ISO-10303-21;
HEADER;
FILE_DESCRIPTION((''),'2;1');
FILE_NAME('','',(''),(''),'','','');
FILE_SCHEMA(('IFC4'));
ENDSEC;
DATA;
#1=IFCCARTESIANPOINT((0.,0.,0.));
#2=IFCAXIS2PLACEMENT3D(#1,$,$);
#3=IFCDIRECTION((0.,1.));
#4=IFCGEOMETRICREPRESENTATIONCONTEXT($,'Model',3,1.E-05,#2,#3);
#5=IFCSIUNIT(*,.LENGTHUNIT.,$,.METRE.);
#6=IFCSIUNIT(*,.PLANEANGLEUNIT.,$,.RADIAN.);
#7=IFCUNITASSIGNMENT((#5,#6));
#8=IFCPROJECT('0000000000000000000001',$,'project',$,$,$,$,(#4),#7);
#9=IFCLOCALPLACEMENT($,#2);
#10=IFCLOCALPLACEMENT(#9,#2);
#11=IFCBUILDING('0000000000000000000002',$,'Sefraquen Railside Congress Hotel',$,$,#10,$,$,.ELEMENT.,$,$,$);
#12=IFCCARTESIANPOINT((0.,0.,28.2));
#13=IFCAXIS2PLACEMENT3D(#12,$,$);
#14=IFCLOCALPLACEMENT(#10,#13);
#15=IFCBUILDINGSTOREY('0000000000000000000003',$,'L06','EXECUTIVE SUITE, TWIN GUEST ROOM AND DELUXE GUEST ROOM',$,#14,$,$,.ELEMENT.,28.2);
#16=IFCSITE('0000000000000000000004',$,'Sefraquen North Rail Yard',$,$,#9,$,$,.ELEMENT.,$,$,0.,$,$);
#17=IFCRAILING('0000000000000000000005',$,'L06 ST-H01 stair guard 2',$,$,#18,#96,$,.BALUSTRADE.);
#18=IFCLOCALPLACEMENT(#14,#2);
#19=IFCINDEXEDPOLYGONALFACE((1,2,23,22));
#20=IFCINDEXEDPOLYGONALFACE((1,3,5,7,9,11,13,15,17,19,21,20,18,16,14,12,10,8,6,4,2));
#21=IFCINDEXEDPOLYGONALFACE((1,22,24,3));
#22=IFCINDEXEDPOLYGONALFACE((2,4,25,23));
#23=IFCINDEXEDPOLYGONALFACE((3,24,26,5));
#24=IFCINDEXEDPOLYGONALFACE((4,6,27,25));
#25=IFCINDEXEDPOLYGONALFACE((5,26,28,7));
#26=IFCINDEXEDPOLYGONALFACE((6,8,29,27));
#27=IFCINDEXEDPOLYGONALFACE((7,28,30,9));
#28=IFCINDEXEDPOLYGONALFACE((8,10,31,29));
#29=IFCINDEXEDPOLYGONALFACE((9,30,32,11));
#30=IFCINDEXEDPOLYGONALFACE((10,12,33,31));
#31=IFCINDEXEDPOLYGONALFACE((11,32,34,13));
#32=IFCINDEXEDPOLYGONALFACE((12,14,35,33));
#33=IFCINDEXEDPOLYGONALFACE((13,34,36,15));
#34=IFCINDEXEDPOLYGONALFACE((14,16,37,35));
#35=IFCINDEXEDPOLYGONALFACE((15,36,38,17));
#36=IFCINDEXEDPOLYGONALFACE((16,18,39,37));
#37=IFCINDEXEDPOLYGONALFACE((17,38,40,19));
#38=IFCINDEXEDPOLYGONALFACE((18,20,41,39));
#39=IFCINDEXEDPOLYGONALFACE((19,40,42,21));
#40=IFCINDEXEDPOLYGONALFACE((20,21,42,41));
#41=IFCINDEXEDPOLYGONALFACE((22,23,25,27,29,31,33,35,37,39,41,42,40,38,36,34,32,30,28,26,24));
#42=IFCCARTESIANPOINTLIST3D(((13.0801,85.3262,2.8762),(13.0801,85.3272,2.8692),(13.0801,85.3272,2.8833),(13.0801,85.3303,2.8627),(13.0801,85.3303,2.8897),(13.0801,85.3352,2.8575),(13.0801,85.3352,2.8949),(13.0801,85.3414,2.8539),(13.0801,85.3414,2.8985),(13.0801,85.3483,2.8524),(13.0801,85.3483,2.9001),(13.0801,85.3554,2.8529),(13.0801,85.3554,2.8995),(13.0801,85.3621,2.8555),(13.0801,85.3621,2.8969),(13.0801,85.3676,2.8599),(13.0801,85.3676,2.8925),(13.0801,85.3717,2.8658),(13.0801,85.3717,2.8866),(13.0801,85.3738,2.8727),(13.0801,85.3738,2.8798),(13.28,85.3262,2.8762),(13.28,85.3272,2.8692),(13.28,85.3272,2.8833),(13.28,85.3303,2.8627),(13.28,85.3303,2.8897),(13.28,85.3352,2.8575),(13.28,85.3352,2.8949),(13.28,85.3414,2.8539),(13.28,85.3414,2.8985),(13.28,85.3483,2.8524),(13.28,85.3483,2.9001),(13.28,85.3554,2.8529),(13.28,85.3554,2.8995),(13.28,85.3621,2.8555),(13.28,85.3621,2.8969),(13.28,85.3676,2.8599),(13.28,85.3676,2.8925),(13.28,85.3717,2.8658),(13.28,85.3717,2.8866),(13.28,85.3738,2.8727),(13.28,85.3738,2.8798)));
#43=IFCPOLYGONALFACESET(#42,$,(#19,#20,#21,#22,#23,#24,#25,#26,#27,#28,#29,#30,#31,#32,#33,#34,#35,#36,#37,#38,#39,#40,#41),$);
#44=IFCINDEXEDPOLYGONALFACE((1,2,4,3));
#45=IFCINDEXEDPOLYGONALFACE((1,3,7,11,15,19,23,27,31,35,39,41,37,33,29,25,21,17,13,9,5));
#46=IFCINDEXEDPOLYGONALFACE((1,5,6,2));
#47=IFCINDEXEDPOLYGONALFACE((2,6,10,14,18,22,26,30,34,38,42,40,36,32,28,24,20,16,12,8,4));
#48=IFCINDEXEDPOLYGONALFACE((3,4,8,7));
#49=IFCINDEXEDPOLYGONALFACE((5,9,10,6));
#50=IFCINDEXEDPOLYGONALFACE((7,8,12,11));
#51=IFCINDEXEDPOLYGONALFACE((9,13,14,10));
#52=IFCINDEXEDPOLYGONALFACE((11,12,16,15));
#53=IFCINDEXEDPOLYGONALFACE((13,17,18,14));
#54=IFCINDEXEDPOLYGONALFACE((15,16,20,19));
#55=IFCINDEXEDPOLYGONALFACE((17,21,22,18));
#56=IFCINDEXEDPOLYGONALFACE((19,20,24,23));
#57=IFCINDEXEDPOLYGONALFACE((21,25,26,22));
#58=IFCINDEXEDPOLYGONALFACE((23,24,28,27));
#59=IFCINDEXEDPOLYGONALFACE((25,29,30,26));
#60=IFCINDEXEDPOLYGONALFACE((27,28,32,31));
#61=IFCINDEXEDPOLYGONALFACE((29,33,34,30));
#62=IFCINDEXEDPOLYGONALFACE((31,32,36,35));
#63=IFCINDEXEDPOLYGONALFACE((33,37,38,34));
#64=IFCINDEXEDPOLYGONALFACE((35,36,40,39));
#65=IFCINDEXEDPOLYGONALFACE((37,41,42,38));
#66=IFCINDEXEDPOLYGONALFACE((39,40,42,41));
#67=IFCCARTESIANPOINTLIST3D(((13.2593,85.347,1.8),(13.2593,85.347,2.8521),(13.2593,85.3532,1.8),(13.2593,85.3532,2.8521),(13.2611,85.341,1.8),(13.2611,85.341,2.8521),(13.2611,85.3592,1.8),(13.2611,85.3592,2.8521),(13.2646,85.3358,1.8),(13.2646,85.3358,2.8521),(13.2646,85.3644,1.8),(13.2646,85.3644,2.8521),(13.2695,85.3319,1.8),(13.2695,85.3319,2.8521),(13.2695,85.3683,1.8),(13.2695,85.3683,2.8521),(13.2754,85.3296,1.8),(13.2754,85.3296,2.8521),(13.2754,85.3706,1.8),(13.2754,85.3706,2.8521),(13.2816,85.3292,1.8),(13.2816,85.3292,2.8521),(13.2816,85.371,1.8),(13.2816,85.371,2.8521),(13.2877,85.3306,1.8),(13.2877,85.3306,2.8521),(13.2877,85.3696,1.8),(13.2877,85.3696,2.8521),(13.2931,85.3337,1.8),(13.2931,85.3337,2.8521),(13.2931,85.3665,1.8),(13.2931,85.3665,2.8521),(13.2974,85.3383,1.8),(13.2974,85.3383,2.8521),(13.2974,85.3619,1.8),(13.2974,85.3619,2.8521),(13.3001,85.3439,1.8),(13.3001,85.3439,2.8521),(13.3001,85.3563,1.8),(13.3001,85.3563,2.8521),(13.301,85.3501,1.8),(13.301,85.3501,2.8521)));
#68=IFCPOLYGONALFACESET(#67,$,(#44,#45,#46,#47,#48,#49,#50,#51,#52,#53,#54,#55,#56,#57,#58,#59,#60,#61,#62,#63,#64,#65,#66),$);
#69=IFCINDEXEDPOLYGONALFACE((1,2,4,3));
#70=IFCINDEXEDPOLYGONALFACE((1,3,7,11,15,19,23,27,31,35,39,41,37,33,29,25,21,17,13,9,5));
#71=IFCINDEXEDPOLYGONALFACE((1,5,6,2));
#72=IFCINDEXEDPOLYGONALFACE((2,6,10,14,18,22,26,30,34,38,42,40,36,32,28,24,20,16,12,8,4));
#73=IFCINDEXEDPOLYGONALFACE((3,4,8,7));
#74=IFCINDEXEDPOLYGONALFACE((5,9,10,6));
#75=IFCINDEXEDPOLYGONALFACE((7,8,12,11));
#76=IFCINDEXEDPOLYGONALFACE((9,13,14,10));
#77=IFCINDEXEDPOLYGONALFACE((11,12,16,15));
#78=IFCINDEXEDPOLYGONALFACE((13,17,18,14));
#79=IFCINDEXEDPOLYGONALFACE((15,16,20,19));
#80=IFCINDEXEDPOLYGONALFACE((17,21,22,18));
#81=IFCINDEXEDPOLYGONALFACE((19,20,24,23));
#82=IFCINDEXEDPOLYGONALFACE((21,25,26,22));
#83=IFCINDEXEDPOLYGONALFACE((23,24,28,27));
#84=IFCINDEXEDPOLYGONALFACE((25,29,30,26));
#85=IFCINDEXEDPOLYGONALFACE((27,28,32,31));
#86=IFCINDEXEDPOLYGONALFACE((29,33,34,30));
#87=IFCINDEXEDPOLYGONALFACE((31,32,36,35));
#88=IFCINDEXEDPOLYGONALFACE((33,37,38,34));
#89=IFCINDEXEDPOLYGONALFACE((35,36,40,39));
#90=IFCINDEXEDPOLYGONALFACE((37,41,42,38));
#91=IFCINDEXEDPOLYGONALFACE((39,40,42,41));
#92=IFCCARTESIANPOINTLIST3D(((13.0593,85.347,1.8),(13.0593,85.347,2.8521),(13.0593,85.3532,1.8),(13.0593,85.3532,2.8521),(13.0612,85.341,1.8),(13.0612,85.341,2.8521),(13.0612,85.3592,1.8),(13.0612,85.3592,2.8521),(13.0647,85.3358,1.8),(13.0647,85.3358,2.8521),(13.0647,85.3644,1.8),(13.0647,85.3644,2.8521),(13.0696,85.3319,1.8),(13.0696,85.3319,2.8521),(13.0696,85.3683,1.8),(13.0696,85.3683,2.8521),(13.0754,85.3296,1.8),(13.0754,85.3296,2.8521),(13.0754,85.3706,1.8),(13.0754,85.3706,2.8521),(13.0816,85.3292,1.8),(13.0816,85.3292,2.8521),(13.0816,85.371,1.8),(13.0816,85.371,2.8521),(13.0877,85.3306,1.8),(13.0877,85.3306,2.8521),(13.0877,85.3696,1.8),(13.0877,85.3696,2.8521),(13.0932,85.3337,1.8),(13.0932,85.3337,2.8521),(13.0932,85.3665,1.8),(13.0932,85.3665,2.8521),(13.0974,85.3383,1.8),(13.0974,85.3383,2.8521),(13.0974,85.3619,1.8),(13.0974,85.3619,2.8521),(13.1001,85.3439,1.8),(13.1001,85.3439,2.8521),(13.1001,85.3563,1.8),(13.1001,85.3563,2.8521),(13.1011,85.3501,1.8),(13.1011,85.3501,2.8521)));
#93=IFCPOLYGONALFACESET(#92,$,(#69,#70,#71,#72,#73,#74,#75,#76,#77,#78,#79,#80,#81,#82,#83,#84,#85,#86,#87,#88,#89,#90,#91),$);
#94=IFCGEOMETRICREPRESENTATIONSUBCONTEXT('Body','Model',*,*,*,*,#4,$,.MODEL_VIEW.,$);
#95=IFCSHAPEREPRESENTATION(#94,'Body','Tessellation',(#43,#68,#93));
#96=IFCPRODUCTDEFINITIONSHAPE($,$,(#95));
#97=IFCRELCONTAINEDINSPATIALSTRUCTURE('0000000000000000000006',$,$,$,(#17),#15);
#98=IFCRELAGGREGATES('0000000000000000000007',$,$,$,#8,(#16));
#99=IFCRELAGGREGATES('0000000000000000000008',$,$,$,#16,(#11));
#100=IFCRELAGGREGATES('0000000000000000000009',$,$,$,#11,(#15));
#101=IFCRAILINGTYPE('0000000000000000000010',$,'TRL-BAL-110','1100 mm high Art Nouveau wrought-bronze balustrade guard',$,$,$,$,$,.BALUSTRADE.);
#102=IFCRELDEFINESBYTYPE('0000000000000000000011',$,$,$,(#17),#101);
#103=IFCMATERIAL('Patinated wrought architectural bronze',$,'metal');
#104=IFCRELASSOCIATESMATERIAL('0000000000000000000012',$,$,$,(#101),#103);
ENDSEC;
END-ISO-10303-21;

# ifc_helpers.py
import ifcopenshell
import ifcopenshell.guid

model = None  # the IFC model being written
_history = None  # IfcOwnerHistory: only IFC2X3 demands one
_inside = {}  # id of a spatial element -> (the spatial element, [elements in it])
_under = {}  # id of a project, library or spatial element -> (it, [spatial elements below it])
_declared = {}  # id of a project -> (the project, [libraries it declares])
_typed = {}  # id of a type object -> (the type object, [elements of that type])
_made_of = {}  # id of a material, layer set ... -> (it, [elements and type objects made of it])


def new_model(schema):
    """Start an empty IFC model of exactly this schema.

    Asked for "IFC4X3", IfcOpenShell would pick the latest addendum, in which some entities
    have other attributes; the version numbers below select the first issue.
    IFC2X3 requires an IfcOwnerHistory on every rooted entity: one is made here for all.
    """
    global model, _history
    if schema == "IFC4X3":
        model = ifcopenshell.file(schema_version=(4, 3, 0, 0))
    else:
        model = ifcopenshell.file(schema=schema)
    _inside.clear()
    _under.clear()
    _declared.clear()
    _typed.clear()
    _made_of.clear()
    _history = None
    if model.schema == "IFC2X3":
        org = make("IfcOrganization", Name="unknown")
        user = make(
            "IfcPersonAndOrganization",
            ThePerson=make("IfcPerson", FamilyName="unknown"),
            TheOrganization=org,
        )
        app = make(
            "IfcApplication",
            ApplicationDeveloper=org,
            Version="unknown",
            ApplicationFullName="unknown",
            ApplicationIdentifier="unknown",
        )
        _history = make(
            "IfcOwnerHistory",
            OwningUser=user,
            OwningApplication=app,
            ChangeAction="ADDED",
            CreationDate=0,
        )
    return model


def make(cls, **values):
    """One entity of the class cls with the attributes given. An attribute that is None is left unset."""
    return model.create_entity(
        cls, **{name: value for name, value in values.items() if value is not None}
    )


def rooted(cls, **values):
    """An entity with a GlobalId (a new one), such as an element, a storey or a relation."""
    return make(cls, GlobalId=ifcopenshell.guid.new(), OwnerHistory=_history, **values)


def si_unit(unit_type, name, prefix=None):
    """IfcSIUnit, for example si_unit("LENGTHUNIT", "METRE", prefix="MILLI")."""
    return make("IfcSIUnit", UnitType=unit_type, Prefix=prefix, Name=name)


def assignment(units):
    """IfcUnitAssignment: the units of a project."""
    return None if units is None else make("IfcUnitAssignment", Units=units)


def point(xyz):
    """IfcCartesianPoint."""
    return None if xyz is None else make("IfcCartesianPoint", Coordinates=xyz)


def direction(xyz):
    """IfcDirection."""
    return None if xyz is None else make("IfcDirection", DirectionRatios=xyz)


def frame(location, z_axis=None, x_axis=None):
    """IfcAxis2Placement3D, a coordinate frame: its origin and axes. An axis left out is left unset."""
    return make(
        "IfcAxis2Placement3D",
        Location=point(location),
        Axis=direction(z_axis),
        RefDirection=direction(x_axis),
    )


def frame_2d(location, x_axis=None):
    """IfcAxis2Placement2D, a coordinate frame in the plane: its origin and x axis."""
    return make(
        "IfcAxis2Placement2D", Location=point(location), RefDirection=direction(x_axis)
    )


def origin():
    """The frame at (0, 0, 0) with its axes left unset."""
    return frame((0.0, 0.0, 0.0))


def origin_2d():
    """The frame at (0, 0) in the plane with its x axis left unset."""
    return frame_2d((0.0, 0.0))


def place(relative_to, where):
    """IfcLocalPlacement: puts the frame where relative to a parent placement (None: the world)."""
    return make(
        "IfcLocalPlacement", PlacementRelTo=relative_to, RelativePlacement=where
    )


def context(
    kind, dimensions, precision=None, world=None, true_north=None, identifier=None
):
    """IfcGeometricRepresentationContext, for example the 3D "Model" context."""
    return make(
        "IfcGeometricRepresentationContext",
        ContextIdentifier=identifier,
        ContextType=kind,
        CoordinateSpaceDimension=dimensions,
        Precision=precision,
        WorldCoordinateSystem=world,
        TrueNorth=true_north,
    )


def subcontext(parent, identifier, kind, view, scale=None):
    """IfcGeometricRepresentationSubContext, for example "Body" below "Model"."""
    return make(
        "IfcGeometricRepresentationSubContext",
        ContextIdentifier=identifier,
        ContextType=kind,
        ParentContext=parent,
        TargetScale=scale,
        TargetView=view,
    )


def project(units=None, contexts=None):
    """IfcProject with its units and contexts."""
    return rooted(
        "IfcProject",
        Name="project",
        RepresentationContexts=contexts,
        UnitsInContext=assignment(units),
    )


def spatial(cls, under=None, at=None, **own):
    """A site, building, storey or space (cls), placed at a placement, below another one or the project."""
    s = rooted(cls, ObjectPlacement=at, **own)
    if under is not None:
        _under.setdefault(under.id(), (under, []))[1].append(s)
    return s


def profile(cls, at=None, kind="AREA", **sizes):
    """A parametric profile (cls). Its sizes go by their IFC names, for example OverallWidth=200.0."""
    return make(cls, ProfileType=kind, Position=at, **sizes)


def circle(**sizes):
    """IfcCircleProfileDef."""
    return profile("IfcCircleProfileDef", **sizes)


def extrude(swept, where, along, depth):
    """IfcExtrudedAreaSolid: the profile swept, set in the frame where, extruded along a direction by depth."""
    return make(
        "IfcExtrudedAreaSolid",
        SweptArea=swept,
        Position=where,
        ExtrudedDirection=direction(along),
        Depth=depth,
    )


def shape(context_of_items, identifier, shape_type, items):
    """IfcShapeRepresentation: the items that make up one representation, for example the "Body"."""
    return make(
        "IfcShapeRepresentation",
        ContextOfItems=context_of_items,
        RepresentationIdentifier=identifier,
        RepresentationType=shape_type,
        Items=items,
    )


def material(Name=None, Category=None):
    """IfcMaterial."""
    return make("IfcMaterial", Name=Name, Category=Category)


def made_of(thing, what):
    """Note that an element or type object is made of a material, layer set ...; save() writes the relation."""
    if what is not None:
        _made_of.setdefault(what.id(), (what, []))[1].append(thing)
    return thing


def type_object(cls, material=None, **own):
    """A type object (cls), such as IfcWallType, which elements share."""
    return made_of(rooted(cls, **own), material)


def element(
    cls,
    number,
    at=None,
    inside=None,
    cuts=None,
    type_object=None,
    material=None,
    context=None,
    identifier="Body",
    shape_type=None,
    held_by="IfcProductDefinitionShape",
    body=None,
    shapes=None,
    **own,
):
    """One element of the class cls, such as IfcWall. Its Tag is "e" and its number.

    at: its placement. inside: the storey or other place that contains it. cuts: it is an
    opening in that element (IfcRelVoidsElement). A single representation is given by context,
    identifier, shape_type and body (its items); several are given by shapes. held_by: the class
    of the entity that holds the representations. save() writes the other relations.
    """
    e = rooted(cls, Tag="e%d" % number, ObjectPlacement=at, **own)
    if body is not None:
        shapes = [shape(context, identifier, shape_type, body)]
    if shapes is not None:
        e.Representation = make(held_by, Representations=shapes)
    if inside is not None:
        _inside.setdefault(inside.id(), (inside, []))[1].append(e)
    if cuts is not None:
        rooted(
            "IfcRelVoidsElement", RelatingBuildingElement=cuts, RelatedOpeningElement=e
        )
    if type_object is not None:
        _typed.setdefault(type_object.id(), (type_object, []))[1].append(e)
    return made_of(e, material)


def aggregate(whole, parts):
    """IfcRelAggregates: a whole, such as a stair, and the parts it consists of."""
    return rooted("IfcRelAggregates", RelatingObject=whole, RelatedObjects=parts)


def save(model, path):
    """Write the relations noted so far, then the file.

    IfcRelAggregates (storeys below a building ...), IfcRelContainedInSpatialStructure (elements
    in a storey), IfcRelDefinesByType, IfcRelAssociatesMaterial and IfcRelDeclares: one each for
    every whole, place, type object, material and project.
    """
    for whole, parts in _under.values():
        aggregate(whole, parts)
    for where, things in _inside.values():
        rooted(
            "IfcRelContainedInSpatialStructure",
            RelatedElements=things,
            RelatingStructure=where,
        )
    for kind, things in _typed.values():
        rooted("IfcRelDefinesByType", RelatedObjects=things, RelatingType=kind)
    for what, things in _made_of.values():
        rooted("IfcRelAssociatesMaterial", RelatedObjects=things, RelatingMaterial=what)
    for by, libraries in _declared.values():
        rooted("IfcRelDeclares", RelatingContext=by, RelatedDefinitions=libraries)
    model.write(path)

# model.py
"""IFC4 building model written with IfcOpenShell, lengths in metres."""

from ifc_helpers import new_model, si_unit, direction, frame, origin, origin_2d, place, context, subcontext, project, spatial, circle, extrude, material, type_object, element, save


model = new_model("IFC4")

# Units and contexts
model_context = context("Model", 3, precision=1e-05, world=origin(), true_north=direction((0.0, 1.0)))
body_context = subcontext(model_context, "Body", "Model", "MODEL_VIEW")
ifc_project = project(units=[si_unit("LENGTHUNIT", "METRE"), si_unit("PLANEANGLEUNIT", "RADIAN")], contexts=[model_context])

# Site, building, storey
site_placement = place(None, origin())
site = spatial("IfcSite", under=ifc_project, at=site_placement, Name="Sefraquen North Rail Yard", CompositionType="ELEMENT", RefElevation=0.0)
building_placement = place(site_placement, origin())
building = spatial("IfcBuilding", under=site, at=building_placement, Name="Sefraquen Railside Congress Hotel", CompositionType="ELEMENT")
storey_placement = place(building_placement, frame((0.0, 0.0, 28.2)))
storey = spatial("IfcBuildingStorey", under=building, at=storey_placement, Name="L06", Description="EXECUTIVE SUITE, TWIN GUEST ROOM AND DELUXE GUEST ROOM", CompositionType="ELEMENT", Elevation=28.2)

# Railing
ifc_material_1 = material(Name="Patinated wrought architectural bronze", Category="metal")
railing_type_1 = type_object("IfcRailingType", Name="TRL-BAL-110", Description="1100 mm high Art Nouveau wrought-bronze balustrade guard", PredefinedType="BALUSTRADE", material=ifc_material_1)
railing_1_placement = place(storey_placement, frame((13.28, 85.3501, 1.8)))
element("IfcRailing", 1, at=railing_1_placement, inside=storey, type_object=railing_type_1, Name="L06 ST-H01 stair guard 2", PredefinedType="BALUSTRADE", context=body_context, shape_type="SweptSolid", body=[
    extrude(circle(Radius=0.0239, at=origin_2d()), frame((0.0, 0.0, 1.0762), z_axis=(-1.0, 0.0, 0.0), x_axis=(0.0, -1.0, 0.0)), (0.0, 0.0, 1.0), 0.2),
    extrude(circle(Radius=0.021, at=origin_2d()), origin(), (0.0, 0.0, 1.0), 1.052),
    extrude(circle(Radius=0.021, at=origin_2d()), frame((-0.2, 0.0, 0.0)), (0.0, 0.0, 1.0), 1.052),
])

save(model, "model.ifc")
